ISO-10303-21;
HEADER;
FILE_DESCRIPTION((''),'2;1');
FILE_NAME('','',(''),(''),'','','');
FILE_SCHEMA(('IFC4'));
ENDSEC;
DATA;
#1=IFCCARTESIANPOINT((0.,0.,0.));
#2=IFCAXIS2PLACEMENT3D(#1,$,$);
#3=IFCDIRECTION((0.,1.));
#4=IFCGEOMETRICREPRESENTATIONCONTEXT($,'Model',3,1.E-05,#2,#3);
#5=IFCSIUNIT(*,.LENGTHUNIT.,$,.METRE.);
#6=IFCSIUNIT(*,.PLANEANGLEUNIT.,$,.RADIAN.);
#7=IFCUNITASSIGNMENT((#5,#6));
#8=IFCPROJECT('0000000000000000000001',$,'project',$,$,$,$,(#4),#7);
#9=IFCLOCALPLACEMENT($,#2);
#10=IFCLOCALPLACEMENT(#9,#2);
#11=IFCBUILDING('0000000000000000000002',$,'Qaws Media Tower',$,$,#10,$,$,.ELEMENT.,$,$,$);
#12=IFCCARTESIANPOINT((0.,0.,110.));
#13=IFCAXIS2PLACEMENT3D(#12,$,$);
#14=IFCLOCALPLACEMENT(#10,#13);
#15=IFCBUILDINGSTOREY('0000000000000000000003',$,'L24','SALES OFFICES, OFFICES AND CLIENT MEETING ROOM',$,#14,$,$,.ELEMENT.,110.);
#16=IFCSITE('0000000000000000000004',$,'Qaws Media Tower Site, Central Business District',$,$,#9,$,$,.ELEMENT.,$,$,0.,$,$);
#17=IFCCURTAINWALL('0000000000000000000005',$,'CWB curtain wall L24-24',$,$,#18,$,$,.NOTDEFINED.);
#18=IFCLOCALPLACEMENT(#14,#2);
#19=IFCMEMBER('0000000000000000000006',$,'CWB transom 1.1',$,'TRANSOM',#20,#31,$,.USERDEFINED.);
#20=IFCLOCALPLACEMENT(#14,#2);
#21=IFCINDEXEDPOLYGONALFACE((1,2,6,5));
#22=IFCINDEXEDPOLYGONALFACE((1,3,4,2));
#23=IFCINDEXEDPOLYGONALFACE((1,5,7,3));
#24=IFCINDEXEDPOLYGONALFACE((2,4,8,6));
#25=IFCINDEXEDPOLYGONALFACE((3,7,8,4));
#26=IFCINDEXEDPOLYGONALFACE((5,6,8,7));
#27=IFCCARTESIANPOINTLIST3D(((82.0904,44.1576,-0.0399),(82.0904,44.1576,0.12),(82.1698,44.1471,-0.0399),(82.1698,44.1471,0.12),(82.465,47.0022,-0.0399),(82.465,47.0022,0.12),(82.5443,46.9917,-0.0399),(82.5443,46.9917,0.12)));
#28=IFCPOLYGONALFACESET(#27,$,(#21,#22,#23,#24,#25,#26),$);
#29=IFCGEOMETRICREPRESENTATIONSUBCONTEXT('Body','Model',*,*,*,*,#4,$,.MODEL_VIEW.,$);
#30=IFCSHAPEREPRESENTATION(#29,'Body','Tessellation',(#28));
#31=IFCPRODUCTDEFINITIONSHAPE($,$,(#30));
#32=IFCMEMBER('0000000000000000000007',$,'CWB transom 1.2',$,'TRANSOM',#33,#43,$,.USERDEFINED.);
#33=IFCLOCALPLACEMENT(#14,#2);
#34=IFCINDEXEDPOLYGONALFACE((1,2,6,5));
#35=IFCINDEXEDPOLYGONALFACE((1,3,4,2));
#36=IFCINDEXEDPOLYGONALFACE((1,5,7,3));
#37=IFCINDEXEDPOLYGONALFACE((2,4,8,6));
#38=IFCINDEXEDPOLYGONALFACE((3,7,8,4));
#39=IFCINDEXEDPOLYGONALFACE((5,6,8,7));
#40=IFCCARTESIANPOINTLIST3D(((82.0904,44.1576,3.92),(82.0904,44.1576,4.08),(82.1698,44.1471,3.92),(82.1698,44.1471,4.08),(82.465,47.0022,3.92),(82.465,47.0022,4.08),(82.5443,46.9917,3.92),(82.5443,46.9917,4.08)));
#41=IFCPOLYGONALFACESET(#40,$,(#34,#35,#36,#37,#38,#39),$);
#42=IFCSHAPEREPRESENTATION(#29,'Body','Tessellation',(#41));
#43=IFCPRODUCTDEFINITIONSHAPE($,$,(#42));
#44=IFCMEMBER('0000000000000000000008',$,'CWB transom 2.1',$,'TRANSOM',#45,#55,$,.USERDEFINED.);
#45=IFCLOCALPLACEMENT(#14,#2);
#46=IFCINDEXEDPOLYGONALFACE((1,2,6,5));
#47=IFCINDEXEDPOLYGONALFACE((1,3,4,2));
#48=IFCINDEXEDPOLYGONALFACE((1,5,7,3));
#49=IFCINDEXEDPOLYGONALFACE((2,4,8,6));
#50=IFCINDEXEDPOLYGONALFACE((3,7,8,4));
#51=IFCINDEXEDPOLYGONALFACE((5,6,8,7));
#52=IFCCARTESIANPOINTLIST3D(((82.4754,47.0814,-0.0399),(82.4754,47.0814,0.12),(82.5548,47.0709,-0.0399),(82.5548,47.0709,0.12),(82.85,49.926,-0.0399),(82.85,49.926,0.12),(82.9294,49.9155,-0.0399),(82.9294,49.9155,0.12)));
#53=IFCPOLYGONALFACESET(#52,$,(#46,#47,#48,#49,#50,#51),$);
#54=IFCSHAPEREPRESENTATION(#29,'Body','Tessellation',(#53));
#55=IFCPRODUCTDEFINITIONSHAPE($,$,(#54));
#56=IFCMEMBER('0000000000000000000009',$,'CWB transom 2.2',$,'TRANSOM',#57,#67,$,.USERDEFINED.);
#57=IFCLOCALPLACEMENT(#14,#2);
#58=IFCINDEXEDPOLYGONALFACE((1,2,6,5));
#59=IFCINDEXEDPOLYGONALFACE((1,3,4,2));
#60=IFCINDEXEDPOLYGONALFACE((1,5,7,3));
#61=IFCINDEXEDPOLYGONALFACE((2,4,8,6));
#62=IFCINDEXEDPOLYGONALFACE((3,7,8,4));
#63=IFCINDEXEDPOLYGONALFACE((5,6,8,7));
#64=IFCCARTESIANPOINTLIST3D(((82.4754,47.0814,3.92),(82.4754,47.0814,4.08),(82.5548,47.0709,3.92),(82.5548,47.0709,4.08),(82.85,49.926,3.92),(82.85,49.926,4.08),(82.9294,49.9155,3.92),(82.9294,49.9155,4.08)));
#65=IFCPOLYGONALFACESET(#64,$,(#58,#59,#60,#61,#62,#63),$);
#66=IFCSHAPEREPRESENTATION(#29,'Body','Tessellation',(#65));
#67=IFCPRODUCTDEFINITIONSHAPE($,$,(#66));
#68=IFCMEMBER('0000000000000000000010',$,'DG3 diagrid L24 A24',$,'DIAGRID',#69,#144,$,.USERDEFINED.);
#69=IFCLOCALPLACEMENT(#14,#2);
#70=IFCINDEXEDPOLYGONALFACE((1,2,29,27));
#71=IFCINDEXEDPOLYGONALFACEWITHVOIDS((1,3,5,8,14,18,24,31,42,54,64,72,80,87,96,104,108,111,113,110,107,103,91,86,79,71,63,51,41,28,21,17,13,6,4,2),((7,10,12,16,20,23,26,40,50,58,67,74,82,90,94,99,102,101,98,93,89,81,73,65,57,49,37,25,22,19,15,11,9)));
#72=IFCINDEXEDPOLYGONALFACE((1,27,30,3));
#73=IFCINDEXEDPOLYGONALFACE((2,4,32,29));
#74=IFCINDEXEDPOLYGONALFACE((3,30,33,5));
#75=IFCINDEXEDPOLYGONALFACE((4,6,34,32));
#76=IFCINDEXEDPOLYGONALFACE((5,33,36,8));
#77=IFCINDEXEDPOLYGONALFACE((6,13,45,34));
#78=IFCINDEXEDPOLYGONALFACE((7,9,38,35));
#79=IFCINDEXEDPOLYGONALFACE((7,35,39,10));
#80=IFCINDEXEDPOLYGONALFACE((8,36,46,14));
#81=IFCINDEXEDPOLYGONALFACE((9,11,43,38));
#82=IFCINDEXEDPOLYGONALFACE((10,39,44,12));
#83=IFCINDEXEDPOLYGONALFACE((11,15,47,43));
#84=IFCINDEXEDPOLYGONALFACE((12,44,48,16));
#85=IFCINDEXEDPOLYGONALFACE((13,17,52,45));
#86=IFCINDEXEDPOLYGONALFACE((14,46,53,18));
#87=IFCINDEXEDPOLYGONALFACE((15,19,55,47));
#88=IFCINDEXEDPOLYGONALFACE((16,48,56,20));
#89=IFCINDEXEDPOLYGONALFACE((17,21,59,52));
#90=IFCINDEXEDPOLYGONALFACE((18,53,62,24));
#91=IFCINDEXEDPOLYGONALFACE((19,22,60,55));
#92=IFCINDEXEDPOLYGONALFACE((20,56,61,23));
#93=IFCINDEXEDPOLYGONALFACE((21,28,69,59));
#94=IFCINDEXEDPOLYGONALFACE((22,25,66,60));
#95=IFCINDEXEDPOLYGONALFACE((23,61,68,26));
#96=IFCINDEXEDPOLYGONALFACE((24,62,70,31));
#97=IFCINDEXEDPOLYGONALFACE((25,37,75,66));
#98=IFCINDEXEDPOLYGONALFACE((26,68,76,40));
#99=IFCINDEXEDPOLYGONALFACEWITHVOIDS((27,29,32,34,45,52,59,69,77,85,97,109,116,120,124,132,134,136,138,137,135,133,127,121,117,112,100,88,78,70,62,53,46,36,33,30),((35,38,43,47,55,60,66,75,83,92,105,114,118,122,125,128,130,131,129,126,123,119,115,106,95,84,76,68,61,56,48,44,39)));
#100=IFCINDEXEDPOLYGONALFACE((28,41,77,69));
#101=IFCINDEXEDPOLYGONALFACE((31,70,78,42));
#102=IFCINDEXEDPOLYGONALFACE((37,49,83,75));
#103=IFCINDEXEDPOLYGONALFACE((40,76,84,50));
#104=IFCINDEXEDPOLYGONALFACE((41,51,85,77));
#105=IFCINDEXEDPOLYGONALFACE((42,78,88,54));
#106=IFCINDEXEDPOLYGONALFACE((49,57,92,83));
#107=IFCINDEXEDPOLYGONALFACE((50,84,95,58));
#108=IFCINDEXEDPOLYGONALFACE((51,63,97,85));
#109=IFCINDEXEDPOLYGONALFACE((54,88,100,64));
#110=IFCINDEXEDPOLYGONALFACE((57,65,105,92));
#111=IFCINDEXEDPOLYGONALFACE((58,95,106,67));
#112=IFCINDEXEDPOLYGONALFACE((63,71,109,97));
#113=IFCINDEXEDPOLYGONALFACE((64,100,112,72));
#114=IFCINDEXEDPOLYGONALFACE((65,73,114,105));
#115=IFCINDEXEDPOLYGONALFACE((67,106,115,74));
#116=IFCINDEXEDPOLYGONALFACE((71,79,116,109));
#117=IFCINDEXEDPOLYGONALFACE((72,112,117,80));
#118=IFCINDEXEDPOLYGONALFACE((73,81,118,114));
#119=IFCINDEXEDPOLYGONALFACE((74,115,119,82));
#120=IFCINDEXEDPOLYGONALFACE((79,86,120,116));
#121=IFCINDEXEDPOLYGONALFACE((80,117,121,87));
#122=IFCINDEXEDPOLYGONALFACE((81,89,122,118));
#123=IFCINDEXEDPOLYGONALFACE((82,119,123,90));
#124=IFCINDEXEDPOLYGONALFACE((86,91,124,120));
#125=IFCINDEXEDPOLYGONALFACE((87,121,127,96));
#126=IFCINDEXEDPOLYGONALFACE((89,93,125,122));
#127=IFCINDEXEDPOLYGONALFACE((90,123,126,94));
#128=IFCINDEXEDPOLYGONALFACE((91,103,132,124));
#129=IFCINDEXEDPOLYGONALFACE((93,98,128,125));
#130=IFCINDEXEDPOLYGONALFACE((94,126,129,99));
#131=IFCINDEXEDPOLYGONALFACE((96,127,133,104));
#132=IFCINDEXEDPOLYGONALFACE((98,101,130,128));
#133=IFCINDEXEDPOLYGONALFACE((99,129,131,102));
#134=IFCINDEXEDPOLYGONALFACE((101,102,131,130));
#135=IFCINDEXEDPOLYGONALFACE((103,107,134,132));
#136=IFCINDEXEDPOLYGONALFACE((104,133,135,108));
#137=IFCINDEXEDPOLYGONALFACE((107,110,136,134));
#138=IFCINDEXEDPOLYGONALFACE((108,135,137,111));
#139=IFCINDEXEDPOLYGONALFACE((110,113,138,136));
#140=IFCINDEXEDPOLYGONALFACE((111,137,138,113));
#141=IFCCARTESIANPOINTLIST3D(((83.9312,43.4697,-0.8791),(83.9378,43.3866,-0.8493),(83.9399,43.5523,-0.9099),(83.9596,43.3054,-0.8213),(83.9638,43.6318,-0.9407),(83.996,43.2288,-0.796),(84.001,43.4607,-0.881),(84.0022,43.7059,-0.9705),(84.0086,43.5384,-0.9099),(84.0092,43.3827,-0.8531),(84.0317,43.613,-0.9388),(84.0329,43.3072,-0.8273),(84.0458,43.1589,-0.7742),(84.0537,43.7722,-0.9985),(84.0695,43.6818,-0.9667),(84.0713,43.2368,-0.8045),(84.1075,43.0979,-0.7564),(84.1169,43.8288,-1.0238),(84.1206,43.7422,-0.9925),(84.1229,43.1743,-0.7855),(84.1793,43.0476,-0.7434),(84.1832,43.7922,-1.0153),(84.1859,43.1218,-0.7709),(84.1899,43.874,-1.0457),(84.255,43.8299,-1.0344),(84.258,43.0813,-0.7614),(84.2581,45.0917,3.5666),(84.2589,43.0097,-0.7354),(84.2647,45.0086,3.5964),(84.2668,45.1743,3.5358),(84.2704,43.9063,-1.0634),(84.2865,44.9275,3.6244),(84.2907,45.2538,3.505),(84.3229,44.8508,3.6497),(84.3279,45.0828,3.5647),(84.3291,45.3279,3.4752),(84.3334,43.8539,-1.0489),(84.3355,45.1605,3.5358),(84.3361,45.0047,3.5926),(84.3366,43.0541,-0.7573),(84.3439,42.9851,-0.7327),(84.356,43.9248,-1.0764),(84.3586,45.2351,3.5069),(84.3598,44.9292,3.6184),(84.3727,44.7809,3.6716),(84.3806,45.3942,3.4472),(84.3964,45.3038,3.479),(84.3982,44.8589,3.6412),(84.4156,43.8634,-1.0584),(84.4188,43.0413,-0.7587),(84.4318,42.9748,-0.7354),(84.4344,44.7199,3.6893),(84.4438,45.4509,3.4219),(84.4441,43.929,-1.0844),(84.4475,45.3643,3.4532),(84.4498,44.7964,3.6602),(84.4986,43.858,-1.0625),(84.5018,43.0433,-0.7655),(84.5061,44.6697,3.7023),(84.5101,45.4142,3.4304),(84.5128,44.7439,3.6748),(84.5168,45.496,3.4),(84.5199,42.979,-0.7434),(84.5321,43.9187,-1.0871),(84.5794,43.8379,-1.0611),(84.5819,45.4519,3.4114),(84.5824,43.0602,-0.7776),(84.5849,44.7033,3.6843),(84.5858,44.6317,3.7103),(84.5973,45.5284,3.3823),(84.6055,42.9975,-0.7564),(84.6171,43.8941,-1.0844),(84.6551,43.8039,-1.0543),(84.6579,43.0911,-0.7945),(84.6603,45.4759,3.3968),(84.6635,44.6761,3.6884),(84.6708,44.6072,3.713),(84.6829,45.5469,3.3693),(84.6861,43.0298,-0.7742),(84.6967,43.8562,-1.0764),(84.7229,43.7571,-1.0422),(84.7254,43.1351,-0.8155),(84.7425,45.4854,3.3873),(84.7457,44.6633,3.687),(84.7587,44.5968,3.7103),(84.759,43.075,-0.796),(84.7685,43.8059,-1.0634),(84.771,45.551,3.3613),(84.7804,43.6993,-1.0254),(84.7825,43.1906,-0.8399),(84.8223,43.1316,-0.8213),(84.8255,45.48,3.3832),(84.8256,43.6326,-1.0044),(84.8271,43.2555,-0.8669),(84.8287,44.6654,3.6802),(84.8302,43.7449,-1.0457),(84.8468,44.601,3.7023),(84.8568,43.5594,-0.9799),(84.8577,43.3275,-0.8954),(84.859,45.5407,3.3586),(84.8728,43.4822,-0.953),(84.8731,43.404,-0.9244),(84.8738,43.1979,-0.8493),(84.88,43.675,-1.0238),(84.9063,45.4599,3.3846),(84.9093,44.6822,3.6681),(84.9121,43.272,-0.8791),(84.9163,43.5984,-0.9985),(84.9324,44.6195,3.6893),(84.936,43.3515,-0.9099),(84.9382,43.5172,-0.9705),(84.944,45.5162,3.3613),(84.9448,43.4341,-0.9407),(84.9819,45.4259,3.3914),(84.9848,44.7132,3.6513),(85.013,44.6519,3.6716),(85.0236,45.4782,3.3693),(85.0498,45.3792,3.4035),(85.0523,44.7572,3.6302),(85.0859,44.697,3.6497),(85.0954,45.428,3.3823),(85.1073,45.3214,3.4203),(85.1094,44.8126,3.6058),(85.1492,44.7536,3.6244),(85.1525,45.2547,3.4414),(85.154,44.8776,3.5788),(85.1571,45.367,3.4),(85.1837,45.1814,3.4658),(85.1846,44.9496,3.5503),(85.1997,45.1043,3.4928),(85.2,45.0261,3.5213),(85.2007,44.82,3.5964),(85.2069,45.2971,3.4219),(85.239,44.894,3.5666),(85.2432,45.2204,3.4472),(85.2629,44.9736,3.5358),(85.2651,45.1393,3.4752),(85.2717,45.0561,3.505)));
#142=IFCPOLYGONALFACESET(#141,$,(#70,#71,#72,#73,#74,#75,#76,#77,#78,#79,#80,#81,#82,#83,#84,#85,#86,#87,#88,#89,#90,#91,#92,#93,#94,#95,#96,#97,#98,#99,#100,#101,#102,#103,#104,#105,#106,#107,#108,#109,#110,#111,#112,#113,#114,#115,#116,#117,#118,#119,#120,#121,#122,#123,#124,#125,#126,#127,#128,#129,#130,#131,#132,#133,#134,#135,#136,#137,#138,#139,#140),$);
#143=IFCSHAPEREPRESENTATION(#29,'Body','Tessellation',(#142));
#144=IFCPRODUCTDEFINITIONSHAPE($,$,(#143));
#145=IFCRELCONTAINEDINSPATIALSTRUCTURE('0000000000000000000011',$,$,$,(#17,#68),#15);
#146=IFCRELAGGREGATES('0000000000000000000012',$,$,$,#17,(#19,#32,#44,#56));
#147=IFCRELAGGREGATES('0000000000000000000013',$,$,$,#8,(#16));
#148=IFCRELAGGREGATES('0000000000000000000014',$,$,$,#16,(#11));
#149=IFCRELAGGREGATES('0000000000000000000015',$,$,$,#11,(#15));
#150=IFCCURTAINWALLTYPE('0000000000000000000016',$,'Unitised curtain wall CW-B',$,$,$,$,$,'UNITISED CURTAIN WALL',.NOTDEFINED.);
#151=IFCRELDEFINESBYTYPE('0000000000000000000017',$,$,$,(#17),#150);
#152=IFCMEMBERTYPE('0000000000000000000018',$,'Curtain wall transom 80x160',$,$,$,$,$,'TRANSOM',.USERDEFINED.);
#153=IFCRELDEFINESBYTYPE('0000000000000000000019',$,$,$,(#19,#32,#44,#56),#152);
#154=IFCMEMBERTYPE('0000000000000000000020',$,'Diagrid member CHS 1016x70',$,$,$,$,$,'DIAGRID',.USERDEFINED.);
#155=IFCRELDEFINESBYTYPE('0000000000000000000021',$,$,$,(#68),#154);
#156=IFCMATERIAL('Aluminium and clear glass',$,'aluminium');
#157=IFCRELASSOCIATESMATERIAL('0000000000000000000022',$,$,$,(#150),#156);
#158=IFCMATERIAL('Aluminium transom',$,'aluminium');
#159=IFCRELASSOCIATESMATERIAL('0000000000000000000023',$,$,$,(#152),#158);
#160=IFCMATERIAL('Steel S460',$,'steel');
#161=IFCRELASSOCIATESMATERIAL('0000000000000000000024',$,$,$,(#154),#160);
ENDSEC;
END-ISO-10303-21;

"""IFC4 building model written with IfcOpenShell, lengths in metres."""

from ifc_helpers import new_model, si_unit, direction, frame, origin, origin_2d, place, context, subcontext, project, spatial, rectangle, hollow_circle, extrude, material, material_profile, profile_set, type_object, element, aggregate, save


model = new_model("IFC4")

# Units and contexts
model_context = context("Model", 3, precision=1e-05, world=origin(), true_north=direction((0.0, 1.0)))
body_context = subcontext(model_context, "Body", "Model", "MODEL_VIEW")
ifc_project = project(units=[si_unit("LENGTHUNIT", "METRE"), si_unit("PLANEANGLEUNIT", "RADIAN")], contexts=[model_context])

# Site, building, storey
site_placement = place(None, origin())
site = spatial("IfcSite", under=ifc_project, at=site_placement, Name="Qaws Media Tower Site, Central Business District", CompositionType="ELEMENT", RefElevation=0.0)
building_placement = place(site_placement, origin())
building = spatial("IfcBuilding", under=site, at=building_placement, Name="Qaws Media Tower", CompositionType="ELEMENT")
storey_placement = place(building_placement, frame((0.0, 0.0, 110.0)))
storey = spatial("IfcBuildingStorey", under=building, at=storey_placement, Name="L24", Description="SALES OFFICES, OFFICES AND CLIENT MEETING ROOM", CompositionType="ELEMENT", Elevation=110.0)

# Curtain wall
ifc_material_1 = material(Name="Aluminium and clear glass", Category="aluminium")
curtain_wall_type = type_object("IfcCurtainWallType", Name="Unitised curtain wall CW-B", ElementType="UNITISED CURTAIN WALL", PredefinedType="NOTDEFINED", material=ifc_material_1)
curtain_wall_1_placement = place(storey_placement, origin())
curtain_wall_1 = element("IfcCurtainWall", 1, at=curtain_wall_1_placement, inside=storey, type_object=curtain_wall_type, Name="CWB curtain wall L24-24", PredefinedType="NOTDEFINED")

# Members
ifc_material_2 = material(Name="Aluminium transom", Category="aluminium")
ifc_material_profile_1 = material_profile(ifc_material_2, rectangle(XDim=0.0801, YDim=0.1599, at=origin_2d()), Name="80x160")
ifc_profile_set_1 = profile_set([ifc_material_profile_1], Name="Aluminium transom")
member_type_1 = type_object("IfcMemberType", Name="Curtain wall transom 80x160", ElementType="TRANSOM", PredefinedType="USERDEFINED", material=ifc_profile_set_1)
member_1_placement = place(storey_placement, frame((82.1301, 44.1523, 0.04), z_axis=(0.130536, 0.991444, 0.0), x_axis=(-0.991444, 0.130536, 0.0)))
member_1 = element("IfcMember", 2, at=member_1_placement, type_object=member_type_1, Name="CWB transom 1.1", ObjectType="TRANSOM", PredefinedType="USERDEFINED", context=body_context, shape_type="SweptSolid", body=[
    extrude(rectangle(XDim=0.0801, YDim=0.1599, at=origin_2d()), origin(), (0.0, 0.0, 1.0), 2.8691),
])
member_2_placement = place(storey_placement, frame((82.1301, 44.1523, 4.0), z_axis=(0.130536, 0.991444, 0.0), x_axis=(-0.991444, 0.130536, 0.0)))
member_2 = element("IfcMember", 3, at=member_2_placement, type_object=member_type_1, Name="CWB transom 1.2", ObjectType="TRANSOM", PredefinedType="USERDEFINED", context=body_context, shape_type="SweptSolid", body=[
    extrude(rectangle(XDim=0.0801, YDim=0.1599, at=origin_2d()), origin(), (0.0, 0.0, 1.0), 2.8691),
])
member_3_placement = place(storey_placement, frame((82.5151, 47.0762, 0.04), z_axis=(0.130536, 0.991444, 0.0), x_axis=(-0.991444, 0.130536, 0.0)))
member_3 = element("IfcMember", 4, at=member_3_placement, type_object=member_type_1, Name="CWB transom 2.1", ObjectType="TRANSOM", PredefinedType="USERDEFINED", context=body_context, shape_type="SweptSolid", body=[
    extrude(rectangle(XDim=0.0801, YDim=0.1599, at=origin_2d()), origin(), (0.0, 0.0, 1.0), 2.8691),
])
member_4_placement = place(storey_placement, frame((82.5151, 47.0762, 4.0), z_axis=(0.130536, 0.991444, 0.0), x_axis=(-0.991444, 0.130536, 0.0)))
member_4 = element("IfcMember", 5, at=member_4_placement, type_object=member_type_1, Name="CWB transom 2.2", ObjectType="TRANSOM", PredefinedType="USERDEFINED", context=body_context, shape_type="SweptSolid", body=[
    extrude(rectangle(XDim=0.0801, YDim=0.1599, at=origin_2d()), origin(), (0.0, 0.0, 1.0), 2.8691),
])

# Member
ifc_material_3 = material(Name="Steel S460", Category="steel")
ifc_material_profile_2 = material_profile(ifc_material_3, hollow_circle(Radius=0.5081, WallThickness=0.0701, at=origin_2d()), Name="CHS 1016x70")
ifc_profile_set_2 = profile_set([ifc_material_profile_2], Name="Steel S460")
member_type_2 = type_object("IfcMemberType", Name="Diagrid member CHS 1016x70", ElementType="DIAGRID", PredefinedType="USERDEFINED", material=ifc_profile_set_2)
member_5_placement = place(storey_placement, frame((84.438, 43.4519, -0.9099), z_axis=(0.068913, 0.341939, 0.937192), x_axis=(-0.98029, 0.197563, 0.0)))
element("IfcMember", 6, at=member_5_placement, inside=storey, type_object=member_type_2, Name="DG3 diagrid L24 A24", ObjectType="DIAGRID", PredefinedType="USERDEFINED", context=body_context, shape_type="SweptSolid", body=[
    extrude(hollow_circle(Radius=0.5081, WallThickness=0.0701, at=origin_2d()), origin(), (0.0, 0.0, 1.0), 4.7437),
])

aggregate(curtain_wall_1, [member_1, member_2, member_3, member_4])

save(model, "model.ifc")
